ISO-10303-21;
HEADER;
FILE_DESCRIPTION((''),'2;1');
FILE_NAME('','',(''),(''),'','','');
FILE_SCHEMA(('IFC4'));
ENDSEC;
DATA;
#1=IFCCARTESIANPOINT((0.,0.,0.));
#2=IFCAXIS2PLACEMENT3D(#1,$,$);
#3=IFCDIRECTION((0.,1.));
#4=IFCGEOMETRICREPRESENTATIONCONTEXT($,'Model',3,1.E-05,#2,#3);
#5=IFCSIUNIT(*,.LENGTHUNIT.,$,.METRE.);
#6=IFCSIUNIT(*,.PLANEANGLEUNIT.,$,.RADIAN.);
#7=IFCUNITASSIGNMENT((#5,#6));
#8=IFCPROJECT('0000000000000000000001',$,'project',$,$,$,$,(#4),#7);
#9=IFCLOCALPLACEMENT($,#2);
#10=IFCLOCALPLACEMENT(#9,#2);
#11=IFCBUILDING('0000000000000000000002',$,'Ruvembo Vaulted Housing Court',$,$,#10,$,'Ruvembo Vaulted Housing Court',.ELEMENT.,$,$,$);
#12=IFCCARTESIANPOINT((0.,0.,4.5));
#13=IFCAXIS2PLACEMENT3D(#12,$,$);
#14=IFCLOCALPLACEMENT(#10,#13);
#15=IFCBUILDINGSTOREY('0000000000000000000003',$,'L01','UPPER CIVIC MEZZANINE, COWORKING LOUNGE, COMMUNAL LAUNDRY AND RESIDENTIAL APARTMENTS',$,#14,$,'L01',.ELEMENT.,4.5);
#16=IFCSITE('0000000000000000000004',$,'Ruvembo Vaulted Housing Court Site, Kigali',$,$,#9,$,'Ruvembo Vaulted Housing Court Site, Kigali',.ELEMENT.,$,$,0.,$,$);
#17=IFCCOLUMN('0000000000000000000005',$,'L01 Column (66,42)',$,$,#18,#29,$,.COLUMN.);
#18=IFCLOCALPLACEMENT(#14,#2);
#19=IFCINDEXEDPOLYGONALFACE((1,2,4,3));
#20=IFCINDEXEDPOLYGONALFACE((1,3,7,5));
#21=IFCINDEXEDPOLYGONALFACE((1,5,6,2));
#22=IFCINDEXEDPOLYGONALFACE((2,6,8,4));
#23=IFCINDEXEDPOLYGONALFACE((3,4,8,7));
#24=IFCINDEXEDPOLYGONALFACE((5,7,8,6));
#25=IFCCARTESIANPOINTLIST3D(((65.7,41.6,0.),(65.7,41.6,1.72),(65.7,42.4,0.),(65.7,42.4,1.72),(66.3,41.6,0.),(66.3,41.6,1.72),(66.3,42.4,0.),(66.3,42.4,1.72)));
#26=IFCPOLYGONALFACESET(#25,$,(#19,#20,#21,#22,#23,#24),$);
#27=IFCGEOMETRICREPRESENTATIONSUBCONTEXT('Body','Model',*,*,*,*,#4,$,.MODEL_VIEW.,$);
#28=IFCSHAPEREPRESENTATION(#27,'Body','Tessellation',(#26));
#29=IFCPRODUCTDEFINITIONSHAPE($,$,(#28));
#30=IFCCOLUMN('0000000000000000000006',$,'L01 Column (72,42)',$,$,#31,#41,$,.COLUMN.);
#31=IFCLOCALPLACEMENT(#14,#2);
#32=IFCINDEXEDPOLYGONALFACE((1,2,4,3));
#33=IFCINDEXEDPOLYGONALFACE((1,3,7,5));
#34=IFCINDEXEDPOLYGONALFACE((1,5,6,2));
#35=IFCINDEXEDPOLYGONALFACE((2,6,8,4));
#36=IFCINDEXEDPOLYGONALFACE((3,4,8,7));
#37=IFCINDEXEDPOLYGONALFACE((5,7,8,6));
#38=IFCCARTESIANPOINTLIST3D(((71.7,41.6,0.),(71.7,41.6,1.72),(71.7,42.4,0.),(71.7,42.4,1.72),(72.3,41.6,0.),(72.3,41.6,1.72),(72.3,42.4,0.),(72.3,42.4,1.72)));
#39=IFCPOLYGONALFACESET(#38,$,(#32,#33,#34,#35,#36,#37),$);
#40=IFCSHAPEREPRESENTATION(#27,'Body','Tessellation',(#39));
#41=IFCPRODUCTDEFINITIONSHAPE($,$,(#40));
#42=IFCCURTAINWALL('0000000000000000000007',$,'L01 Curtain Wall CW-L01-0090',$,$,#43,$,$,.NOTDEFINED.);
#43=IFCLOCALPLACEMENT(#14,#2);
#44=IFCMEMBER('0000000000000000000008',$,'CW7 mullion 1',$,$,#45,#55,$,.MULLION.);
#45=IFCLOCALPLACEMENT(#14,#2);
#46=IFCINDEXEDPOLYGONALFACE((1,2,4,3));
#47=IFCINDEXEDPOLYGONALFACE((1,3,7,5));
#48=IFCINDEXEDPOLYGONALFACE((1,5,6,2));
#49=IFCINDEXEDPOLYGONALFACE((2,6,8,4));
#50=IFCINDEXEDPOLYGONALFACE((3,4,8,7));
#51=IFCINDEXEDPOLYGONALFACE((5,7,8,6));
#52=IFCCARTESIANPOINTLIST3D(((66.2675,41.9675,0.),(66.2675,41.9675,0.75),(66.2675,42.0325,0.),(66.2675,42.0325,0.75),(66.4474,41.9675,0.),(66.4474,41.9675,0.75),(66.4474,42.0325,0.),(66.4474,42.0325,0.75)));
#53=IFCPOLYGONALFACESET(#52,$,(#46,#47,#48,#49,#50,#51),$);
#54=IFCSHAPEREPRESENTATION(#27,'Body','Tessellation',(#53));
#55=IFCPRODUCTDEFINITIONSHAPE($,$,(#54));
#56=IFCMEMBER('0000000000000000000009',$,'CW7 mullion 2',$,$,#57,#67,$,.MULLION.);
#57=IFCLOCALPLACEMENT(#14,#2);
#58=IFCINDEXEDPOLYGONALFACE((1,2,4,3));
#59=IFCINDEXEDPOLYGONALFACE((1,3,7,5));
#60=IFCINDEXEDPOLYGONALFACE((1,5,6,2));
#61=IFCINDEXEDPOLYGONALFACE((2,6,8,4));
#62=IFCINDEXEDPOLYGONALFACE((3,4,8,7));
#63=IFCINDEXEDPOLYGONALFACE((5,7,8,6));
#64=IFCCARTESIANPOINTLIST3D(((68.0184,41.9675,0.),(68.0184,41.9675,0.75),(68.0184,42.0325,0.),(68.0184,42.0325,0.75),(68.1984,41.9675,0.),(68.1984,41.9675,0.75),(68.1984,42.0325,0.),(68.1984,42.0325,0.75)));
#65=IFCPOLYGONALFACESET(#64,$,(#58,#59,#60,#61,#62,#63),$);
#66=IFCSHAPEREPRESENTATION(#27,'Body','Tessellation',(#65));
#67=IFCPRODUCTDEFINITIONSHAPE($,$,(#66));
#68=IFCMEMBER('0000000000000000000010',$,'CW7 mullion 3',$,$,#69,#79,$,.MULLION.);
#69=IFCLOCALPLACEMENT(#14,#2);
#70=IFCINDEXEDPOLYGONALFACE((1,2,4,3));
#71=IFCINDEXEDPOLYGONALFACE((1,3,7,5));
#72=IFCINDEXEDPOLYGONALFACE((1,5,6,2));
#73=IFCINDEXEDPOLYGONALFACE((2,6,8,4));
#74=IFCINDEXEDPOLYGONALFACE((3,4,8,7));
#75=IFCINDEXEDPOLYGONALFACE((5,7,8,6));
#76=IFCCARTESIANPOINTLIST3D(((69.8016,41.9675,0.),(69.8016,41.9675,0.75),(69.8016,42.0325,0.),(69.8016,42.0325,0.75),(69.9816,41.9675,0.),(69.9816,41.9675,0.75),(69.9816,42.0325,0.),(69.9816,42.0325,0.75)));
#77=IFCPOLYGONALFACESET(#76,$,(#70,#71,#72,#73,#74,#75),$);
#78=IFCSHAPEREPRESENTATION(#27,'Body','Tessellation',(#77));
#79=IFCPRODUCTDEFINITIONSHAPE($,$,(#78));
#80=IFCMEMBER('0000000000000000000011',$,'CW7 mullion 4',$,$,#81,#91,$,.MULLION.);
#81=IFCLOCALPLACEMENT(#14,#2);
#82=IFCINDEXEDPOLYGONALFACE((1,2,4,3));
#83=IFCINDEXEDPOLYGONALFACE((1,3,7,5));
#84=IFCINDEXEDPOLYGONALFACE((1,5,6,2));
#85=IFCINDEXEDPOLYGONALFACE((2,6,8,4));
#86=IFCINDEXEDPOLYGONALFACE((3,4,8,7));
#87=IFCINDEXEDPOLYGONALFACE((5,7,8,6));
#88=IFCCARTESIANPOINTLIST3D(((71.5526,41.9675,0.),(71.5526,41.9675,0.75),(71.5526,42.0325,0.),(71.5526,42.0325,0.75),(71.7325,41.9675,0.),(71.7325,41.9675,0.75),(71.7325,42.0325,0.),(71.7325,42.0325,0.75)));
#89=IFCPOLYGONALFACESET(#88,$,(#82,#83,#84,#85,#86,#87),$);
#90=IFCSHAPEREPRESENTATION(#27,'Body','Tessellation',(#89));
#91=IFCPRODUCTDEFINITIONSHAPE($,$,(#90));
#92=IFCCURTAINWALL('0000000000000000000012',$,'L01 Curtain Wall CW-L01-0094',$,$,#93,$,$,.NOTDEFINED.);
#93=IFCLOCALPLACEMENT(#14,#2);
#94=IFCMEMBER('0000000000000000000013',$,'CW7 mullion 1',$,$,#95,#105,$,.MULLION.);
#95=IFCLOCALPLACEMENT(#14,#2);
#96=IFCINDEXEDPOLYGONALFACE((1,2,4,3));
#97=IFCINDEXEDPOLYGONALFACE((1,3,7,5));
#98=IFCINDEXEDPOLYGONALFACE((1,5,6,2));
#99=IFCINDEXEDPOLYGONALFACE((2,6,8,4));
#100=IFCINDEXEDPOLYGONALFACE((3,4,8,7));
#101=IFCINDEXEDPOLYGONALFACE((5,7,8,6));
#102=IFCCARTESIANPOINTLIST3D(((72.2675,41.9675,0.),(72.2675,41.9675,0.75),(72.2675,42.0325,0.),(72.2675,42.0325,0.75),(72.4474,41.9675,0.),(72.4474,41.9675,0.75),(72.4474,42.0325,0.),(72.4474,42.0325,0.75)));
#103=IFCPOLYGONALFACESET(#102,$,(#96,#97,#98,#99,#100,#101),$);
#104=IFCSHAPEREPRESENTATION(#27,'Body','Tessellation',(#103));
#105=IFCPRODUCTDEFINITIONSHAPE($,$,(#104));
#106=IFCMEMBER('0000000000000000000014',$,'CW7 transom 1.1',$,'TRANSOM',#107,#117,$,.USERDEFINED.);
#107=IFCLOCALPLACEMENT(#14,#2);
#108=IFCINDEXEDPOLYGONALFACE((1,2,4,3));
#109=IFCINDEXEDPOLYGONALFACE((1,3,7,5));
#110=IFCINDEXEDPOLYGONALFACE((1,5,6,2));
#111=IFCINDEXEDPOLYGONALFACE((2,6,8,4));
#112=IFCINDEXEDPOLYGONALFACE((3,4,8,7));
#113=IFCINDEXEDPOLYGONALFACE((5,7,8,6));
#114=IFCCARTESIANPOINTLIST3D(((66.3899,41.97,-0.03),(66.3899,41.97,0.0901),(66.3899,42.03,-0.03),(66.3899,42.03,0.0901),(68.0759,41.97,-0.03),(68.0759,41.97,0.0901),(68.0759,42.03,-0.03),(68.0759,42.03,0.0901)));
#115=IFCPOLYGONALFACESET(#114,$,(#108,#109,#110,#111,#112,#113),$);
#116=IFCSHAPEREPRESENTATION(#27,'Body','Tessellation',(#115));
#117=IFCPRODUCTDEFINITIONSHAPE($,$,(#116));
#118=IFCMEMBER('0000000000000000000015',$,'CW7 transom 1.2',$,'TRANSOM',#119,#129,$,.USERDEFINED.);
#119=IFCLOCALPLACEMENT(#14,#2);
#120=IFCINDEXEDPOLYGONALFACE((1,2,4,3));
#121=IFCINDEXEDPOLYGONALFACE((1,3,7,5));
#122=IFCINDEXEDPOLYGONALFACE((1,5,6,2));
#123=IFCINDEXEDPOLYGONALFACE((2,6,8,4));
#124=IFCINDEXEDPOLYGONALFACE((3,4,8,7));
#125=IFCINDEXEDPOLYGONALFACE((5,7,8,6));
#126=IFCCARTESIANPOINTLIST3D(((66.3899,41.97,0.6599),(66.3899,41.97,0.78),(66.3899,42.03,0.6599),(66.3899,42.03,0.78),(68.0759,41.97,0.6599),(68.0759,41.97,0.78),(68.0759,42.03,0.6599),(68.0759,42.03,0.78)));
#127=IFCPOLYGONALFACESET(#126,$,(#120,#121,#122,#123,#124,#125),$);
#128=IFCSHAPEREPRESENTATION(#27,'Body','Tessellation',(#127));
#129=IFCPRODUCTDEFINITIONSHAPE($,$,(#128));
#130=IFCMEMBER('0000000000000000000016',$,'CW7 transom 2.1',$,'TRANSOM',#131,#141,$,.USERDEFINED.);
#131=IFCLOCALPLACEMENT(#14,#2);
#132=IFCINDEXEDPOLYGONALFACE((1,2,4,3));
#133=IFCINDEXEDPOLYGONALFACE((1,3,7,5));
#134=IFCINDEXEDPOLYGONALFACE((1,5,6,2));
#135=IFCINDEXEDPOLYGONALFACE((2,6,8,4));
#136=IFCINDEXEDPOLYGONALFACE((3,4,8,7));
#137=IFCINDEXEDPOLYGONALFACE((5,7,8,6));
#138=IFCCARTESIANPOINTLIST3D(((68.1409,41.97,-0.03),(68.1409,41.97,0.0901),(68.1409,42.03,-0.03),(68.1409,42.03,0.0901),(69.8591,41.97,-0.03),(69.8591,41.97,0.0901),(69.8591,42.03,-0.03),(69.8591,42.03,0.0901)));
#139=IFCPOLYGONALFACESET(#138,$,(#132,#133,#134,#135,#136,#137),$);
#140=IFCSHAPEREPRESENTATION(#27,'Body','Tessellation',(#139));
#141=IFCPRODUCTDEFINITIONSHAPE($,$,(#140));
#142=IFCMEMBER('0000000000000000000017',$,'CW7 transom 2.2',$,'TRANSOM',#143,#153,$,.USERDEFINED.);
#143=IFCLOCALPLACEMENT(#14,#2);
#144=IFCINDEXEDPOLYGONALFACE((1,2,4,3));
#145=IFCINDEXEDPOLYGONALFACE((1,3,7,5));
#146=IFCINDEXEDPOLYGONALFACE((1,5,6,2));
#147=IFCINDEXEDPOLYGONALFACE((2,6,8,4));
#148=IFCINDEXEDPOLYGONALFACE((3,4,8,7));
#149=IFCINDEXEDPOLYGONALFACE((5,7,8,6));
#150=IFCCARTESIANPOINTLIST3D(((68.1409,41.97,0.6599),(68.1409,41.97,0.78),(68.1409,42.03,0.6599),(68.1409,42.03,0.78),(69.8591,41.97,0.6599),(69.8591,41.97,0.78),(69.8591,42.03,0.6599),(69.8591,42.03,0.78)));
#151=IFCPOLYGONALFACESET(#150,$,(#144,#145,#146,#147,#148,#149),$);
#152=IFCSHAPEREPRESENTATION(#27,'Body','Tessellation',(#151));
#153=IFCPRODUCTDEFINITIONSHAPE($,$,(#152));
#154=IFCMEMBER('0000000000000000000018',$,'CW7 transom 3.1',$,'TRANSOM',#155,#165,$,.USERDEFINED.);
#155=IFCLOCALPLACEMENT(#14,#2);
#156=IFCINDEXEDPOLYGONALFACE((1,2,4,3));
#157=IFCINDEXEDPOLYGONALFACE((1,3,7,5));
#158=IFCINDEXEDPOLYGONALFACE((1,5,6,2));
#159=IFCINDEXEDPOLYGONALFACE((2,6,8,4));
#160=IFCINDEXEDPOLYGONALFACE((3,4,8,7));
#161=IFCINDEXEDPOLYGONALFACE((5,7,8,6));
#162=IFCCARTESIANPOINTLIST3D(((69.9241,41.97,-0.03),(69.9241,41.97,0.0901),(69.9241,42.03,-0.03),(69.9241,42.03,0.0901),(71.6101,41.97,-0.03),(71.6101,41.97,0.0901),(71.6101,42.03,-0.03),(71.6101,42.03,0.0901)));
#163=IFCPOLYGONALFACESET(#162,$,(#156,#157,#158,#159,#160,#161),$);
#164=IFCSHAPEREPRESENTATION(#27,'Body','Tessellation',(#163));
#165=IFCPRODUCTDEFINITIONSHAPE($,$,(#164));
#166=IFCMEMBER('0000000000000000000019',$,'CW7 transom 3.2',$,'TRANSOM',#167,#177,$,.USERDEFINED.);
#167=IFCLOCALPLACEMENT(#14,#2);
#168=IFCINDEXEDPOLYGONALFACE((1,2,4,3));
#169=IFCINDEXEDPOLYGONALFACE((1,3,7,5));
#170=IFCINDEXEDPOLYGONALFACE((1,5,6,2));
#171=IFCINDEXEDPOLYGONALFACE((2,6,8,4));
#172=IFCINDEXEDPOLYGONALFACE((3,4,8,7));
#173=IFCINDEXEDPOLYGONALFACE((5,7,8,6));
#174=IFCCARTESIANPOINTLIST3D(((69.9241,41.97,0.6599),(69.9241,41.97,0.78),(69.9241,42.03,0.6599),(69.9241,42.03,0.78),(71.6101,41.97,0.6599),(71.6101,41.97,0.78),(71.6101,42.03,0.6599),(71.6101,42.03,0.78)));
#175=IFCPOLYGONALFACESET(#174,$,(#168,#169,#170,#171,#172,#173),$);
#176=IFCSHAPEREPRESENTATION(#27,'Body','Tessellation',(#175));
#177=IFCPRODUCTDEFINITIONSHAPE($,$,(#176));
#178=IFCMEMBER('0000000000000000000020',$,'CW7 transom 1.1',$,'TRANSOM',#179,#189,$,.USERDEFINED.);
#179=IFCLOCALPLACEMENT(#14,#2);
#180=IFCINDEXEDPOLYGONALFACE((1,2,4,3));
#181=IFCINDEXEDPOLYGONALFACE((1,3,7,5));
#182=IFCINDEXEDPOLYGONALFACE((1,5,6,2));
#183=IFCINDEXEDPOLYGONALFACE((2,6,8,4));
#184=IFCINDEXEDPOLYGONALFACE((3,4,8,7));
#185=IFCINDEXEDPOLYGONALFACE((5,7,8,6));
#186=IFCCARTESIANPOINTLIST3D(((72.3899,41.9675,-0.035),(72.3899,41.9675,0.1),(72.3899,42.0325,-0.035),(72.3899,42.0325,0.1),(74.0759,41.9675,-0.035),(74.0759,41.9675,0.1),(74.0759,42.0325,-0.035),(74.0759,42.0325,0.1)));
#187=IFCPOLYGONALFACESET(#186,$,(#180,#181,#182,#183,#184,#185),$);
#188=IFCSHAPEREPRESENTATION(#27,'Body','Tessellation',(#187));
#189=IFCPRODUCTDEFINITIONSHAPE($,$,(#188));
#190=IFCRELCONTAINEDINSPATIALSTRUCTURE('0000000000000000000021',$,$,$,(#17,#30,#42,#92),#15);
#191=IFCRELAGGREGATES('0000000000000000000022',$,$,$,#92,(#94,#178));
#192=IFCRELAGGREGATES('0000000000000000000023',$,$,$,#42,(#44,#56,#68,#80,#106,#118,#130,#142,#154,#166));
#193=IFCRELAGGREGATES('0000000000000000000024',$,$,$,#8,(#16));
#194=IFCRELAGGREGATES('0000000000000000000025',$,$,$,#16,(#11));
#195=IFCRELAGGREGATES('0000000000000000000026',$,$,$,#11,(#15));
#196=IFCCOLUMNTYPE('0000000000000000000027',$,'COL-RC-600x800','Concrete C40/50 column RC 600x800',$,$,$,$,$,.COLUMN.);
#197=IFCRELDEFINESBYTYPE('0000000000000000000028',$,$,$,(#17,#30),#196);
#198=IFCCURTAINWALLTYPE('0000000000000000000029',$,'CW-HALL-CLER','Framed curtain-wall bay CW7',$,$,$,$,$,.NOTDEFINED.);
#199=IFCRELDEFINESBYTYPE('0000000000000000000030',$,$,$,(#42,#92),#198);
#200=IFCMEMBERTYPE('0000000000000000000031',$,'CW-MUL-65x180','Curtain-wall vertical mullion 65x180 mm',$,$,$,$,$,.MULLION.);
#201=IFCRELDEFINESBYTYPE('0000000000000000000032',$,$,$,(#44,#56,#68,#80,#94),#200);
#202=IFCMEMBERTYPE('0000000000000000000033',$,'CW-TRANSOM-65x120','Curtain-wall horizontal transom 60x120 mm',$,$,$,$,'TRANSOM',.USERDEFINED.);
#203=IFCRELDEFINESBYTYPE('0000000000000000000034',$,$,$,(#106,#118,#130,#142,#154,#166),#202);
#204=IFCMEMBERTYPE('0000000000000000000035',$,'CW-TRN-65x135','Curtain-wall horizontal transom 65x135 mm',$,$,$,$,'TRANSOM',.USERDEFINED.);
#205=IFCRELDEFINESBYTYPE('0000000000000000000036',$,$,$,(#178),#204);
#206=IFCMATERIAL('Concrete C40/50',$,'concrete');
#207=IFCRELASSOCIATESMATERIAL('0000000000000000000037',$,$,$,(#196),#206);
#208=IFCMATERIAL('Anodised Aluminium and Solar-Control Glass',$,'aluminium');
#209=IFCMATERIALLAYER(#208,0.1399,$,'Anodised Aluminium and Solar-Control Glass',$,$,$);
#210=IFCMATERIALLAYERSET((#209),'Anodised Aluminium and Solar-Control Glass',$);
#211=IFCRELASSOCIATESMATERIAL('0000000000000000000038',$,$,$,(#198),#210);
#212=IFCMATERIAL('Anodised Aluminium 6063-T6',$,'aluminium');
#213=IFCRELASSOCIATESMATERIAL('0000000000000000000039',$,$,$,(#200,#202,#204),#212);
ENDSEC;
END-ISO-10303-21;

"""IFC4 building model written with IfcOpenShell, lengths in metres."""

from ifc_helpers import new_model, si_unit, direction, frame, origin, origin_2d, place, context, subcontext, project, spatial, rectangle, extrude, material, layer, layer_set, material_profile, profile_set, type_object, element, aggregate, save


model = new_model("IFC4")

# Units and contexts
model_context = context("Model", 3, precision=1e-05, world=origin(), true_north=direction((0.0, 1.0)))
body_context = subcontext(model_context, "Body", "Model", "MODEL_VIEW")
ifc_project = project(units=[si_unit("LENGTHUNIT", "METRE"), si_unit("PLANEANGLEUNIT", "RADIAN")], contexts=[model_context])

# Site, building, storey
site_placement = place(None, origin())
site = spatial("IfcSite", under=ifc_project, at=site_placement, Name="Ruvembo Vaulted Housing Court Site, Kigali", LongName="Ruvembo Vaulted Housing Court Site, Kigali", CompositionType="ELEMENT", RefElevation=0.0)
building_placement = place(site_placement, origin())
building = spatial("IfcBuilding", under=site, at=building_placement, Name="Ruvembo Vaulted Housing Court", LongName="Ruvembo Vaulted Housing Court", CompositionType="ELEMENT")
storey_placement = place(building_placement, frame((0.0, 0.0, 4.5)))
storey = spatial("IfcBuildingStorey", under=building, at=storey_placement, Name="L01", Description="UPPER CIVIC MEZZANINE, COWORKING LOUNGE, COMMUNAL LAUNDRY AND RESIDENTIAL APARTMENTS", LongName="L01", CompositionType="ELEMENT", Elevation=4.5)

# Columns
ifc_material_1 = material(Name="Concrete C40/50", Category="concrete")
ifc_material_profile_1 = material_profile(ifc_material_1, rectangle(XDim=0.6001, YDim=0.8, at=origin_2d()), Name="RC 600x800")
ifc_profile_set_1 = profile_set([ifc_material_profile_1], Name="Concrete C40/50")
column_type = type_object("IfcColumnType", Name="COL-RC-600x800", Description="Concrete C40/50 column RC 600x800", PredefinedType="COLUMN", material=ifc_profile_set_1)
for number, where, z_axis, x_axis, name in (
    (1, (66.0, 42.0, 0.0), (0.0, 0.0, 1.0), (1.0, 0.0, 0.0), "L01 Column (66,42)"),
    (2, (72.0, 42.0, 0.0), (0.0, 0.0, 1.0), (1.0, 0.0, 0.0), "L01 Column (72,42)"),
):
    element("IfcColumn", number, at=place(storey_placement, frame(where, z_axis=z_axis, x_axis=x_axis)), inside=storey, type_object=column_type, Name=name, PredefinedType="COLUMN", context=body_context, shape_type="SweptSolid", body=[
        extrude(rectangle(XDim=0.6001, YDim=0.8, at=origin_2d()), origin(), (0.0, 0.0, 1.0), 1.72),
    ])

# Curtain wall, members
ifc_material_2 = material(Name="Anodised Aluminium and Solar-Control Glass", Category="aluminium")
ifc_layer_1 = layer(ifc_material_2, 0.1399, Name="Anodised Aluminium and Solar-Control Glass")
ifc_layer_set_1 = layer_set([ifc_layer_1], Name="Anodised Aluminium and Solar-Control Glass")
curtain_wall_type = type_object("IfcCurtainWallType", Name="CW-HALL-CLER", Description="Framed curtain-wall bay CW7", PredefinedType="NOTDEFINED", material=ifc_layer_set_1)
curtain_wall_1_placement = place(storey_placement, origin())
curtain_wall_1 = element("IfcCurtainWall", 3, at=curtain_wall_1_placement, inside=storey, type_object=curtain_wall_type, Name="L01 Curtain Wall CW-L01-0090", PredefinedType="NOTDEFINED")
ifc_material_3 = material(Name="Anodised Aluminium 6063-T6", Category="aluminium")
ifc_material_profile_2 = material_profile(ifc_material_3, rectangle(XDim=0.0649, YDim=0.1799, at=origin_2d()), Name="ALU 65x180")
ifc_profile_set_2 = profile_set([ifc_material_profile_2], Name="Anodised Aluminium 6063-T6")
member_type_1 = type_object("IfcMemberType", Name="CW-MUL-65x180", Description="Curtain-wall vertical mullion 65x180 mm", PredefinedType="MULLION", material=ifc_profile_set_2)
member_1_placement = place(storey_placement, frame((66.3574, 42.0, 0.0), z_axis=(0.0, 0.0, 1.0), x_axis=(0.0, 1.0, 0.0)))
member_1 = element("IfcMember", 4, at=member_1_placement, type_object=member_type_1, Name="CW7 mullion 1", PredefinedType="MULLION", context=body_context, shape_type="SweptSolid", body=[
    extrude(rectangle(XDim=0.0649, YDim=0.1799, at=origin_2d()), origin(), (0.0, 0.0, 1.0), 0.75),
])
member_2_placement = place(storey_placement, frame((68.1084, 42.0, 0.0), z_axis=(0.0, 0.0, 1.0), x_axis=(0.0, 1.0, 0.0)))
member_2 = element("IfcMember", 5, at=member_2_placement, type_object=member_type_1, Name="CW7 mullion 2", PredefinedType="MULLION", context=body_context, shape_type="SweptSolid", body=[
    extrude(rectangle(XDim=0.0649, YDim=0.1799, at=origin_2d()), origin(), (0.0, 0.0, 1.0), 0.75),
])
member_3_placement = place(storey_placement, frame((69.8916, 42.0, 0.0), z_axis=(0.0, 0.0, 1.0), x_axis=(0.0, 1.0, 0.0)))
member_3 = element("IfcMember", 6, at=member_3_placement, type_object=member_type_1, Name="CW7 mullion 3", PredefinedType="MULLION", context=body_context, shape_type="SweptSolid", body=[
    extrude(rectangle(XDim=0.0649, YDim=0.1799, at=origin_2d()), origin(), (0.0, 0.0, 1.0), 0.75),
])
member_4_placement = place(storey_placement, frame((71.6426, 42.0, 0.0), z_axis=(0.0, 0.0, 1.0), x_axis=(0.0, 1.0, 0.0)))
member_4 = element("IfcMember", 7, at=member_4_placement, type_object=member_type_1, Name="CW7 mullion 4", PredefinedType="MULLION", context=body_context, shape_type="SweptSolid", body=[
    extrude(rectangle(XDim=0.0649, YDim=0.1799, at=origin_2d()), origin(), (0.0, 0.0, 1.0), 0.75),
])

# Curtain wall, member
curtain_wall_2_placement = place(storey_placement, origin())
curtain_wall_2 = element("IfcCurtainWall", 8, at=curtain_wall_2_placement, inside=storey, type_object=curtain_wall_type, Name="L01 Curtain Wall CW-L01-0094", PredefinedType="NOTDEFINED")
member_5_placement = place(storey_placement, frame((72.3574, 42.0, 0.0), z_axis=(0.0, 0.0, 1.0), x_axis=(0.0, 1.0, 0.0)))
member_5 = element("IfcMember", 9, at=member_5_placement, type_object=member_type_1, Name="CW7 mullion 1", PredefinedType="MULLION", context=body_context, shape_type="SweptSolid", body=[
    extrude(rectangle(XDim=0.0649, YDim=0.1799, at=origin_2d()), origin(), (0.0, 0.0, 1.0), 0.75),
])

# Members
ifc_material_profile_3 = material_profile(ifc_material_3, rectangle(XDim=0.0601, YDim=0.1201, at=origin_2d()), Name="ALU 60x120")
ifc_profile_set_3 = profile_set([ifc_material_profile_3], Name="Anodised Aluminium 6063-T6")
member_type_2 = type_object("IfcMemberType", Name="CW-TRANSOM-65x120", Description="Curtain-wall horizontal transom 60x120 mm", ElementType="TRANSOM", PredefinedType="USERDEFINED", material=ifc_profile_set_3)
member_6_placement = place(storey_placement, frame((66.3899, 42.0, 0.03), z_axis=(1.0, 0.0, 0.0), x_axis=(0.0, 1.0, 0.0)))
member_6 = element("IfcMember", 10, at=member_6_placement, type_object=member_type_2, Name="CW7 transom 1.1", ObjectType="TRANSOM", PredefinedType="USERDEFINED", context=body_context, shape_type="SweptSolid", body=[
    extrude(rectangle(XDim=0.0601, YDim=0.1201, at=origin_2d()), origin(), (0.0, 0.0, 1.0), 1.686),
])
member_7_placement = place(storey_placement, frame((66.3899, 42.0, 0.72), z_axis=(1.0, 0.0, 0.0), x_axis=(0.0, 1.0, 0.0)))
member_7 = element("IfcMember", 11, at=member_7_placement, type_object=member_type_2, Name="CW7 transom 1.2", ObjectType="TRANSOM", PredefinedType="USERDEFINED", context=body_context, shape_type="SweptSolid", body=[
    extrude(rectangle(XDim=0.0601, YDim=0.1201, at=origin_2d()), origin(), (0.0, 0.0, 1.0), 1.686),
])
member_8_placement = place(storey_placement, frame((68.1409, 42.0, 0.03), z_axis=(1.0, 0.0, 0.0), x_axis=(0.0, 1.0, 0.0)))
member_8 = element("IfcMember", 12, at=member_8_placement, type_object=member_type_2, Name="CW7 transom 2.1", ObjectType="TRANSOM", PredefinedType="USERDEFINED", context=body_context, shape_type="SweptSolid", body=[
    extrude(rectangle(XDim=0.0601, YDim=0.1201, at=origin_2d()), origin(), (0.0, 0.0, 1.0), 1.7183),
])
member_9_placement = place(storey_placement, frame((68.1409, 42.0, 0.72), z_axis=(1.0, 0.0, 0.0), x_axis=(0.0, 1.0, 0.0)))
member_9 = element("IfcMember", 13, at=member_9_placement, type_object=member_type_2, Name="CW7 transom 2.2", ObjectType="TRANSOM", PredefinedType="USERDEFINED", context=body_context, shape_type="SweptSolid", body=[
    extrude(rectangle(XDim=0.0601, YDim=0.1201, at=origin_2d()), origin(), (0.0, 0.0, 1.0), 1.7183),
])
member_10_placement = place(storey_placement, frame((69.9241, 42.0, 0.03), z_axis=(1.0, 0.0, 0.0), x_axis=(0.0, 1.0, 0.0)))
member_10 = element("IfcMember", 14, at=member_10_placement, type_object=member_type_2, Name="CW7 transom 3.1", ObjectType="TRANSOM", PredefinedType="USERDEFINED", context=body_context, shape_type="SweptSolid", body=[
    extrude(rectangle(XDim=0.0601, YDim=0.1201, at=origin_2d()), origin(), (0.0, 0.0, 1.0), 1.686),
])
member_11_placement = place(storey_placement, frame((69.9241, 42.0, 0.72), z_axis=(1.0, 0.0, 0.0), x_axis=(0.0, 1.0, 0.0)))
member_11 = element("IfcMember", 15, at=member_11_placement, type_object=member_type_2, Name="CW7 transom 3.2", ObjectType="TRANSOM", PredefinedType="USERDEFINED", context=body_context, shape_type="SweptSolid", body=[
    extrude(rectangle(XDim=0.0601, YDim=0.1201, at=origin_2d()), origin(), (0.0, 0.0, 1.0), 1.686),
])
ifc_material_profile_4 = material_profile(ifc_material_3, rectangle(XDim=0.0649, YDim=0.135, at=origin_2d()), Name="ALU 65x135")
ifc_profile_set_4 = profile_set([ifc_material_profile_4], Name="Anodised Aluminium 6063-T6")
member_type_3 = type_object("IfcMemberType", Name="CW-TRN-65x135", Description="Curtain-wall horizontal transom 65x135 mm", ElementType="TRANSOM", PredefinedType="USERDEFINED", material=ifc_profile_set_4)
member_12_placement = place(storey_placement, frame((72.3899, 42.0, 0.0325), z_axis=(1.0, 0.0, 0.0), x_axis=(0.0, 1.0, 0.0)))
member_12 = element("IfcMember", 16, at=member_12_placement, type_object=member_type_3, Name="CW7 transom 1.1", ObjectType="TRANSOM", PredefinedType="USERDEFINED", context=body_context, shape_type="SweptSolid", body=[
    extrude(rectangle(XDim=0.0649, YDim=0.135, at=origin_2d()), origin(), (0.0, 0.0, 1.0), 1.686),
])
aggregate(curtain_wall_2, [member_5, member_12])

aggregate(curtain_wall_1, [member_1, member_2, member_3, member_4, member_6, member_7, member_8, member_9, member_10, member_11])

save(model, "model.ifc")
